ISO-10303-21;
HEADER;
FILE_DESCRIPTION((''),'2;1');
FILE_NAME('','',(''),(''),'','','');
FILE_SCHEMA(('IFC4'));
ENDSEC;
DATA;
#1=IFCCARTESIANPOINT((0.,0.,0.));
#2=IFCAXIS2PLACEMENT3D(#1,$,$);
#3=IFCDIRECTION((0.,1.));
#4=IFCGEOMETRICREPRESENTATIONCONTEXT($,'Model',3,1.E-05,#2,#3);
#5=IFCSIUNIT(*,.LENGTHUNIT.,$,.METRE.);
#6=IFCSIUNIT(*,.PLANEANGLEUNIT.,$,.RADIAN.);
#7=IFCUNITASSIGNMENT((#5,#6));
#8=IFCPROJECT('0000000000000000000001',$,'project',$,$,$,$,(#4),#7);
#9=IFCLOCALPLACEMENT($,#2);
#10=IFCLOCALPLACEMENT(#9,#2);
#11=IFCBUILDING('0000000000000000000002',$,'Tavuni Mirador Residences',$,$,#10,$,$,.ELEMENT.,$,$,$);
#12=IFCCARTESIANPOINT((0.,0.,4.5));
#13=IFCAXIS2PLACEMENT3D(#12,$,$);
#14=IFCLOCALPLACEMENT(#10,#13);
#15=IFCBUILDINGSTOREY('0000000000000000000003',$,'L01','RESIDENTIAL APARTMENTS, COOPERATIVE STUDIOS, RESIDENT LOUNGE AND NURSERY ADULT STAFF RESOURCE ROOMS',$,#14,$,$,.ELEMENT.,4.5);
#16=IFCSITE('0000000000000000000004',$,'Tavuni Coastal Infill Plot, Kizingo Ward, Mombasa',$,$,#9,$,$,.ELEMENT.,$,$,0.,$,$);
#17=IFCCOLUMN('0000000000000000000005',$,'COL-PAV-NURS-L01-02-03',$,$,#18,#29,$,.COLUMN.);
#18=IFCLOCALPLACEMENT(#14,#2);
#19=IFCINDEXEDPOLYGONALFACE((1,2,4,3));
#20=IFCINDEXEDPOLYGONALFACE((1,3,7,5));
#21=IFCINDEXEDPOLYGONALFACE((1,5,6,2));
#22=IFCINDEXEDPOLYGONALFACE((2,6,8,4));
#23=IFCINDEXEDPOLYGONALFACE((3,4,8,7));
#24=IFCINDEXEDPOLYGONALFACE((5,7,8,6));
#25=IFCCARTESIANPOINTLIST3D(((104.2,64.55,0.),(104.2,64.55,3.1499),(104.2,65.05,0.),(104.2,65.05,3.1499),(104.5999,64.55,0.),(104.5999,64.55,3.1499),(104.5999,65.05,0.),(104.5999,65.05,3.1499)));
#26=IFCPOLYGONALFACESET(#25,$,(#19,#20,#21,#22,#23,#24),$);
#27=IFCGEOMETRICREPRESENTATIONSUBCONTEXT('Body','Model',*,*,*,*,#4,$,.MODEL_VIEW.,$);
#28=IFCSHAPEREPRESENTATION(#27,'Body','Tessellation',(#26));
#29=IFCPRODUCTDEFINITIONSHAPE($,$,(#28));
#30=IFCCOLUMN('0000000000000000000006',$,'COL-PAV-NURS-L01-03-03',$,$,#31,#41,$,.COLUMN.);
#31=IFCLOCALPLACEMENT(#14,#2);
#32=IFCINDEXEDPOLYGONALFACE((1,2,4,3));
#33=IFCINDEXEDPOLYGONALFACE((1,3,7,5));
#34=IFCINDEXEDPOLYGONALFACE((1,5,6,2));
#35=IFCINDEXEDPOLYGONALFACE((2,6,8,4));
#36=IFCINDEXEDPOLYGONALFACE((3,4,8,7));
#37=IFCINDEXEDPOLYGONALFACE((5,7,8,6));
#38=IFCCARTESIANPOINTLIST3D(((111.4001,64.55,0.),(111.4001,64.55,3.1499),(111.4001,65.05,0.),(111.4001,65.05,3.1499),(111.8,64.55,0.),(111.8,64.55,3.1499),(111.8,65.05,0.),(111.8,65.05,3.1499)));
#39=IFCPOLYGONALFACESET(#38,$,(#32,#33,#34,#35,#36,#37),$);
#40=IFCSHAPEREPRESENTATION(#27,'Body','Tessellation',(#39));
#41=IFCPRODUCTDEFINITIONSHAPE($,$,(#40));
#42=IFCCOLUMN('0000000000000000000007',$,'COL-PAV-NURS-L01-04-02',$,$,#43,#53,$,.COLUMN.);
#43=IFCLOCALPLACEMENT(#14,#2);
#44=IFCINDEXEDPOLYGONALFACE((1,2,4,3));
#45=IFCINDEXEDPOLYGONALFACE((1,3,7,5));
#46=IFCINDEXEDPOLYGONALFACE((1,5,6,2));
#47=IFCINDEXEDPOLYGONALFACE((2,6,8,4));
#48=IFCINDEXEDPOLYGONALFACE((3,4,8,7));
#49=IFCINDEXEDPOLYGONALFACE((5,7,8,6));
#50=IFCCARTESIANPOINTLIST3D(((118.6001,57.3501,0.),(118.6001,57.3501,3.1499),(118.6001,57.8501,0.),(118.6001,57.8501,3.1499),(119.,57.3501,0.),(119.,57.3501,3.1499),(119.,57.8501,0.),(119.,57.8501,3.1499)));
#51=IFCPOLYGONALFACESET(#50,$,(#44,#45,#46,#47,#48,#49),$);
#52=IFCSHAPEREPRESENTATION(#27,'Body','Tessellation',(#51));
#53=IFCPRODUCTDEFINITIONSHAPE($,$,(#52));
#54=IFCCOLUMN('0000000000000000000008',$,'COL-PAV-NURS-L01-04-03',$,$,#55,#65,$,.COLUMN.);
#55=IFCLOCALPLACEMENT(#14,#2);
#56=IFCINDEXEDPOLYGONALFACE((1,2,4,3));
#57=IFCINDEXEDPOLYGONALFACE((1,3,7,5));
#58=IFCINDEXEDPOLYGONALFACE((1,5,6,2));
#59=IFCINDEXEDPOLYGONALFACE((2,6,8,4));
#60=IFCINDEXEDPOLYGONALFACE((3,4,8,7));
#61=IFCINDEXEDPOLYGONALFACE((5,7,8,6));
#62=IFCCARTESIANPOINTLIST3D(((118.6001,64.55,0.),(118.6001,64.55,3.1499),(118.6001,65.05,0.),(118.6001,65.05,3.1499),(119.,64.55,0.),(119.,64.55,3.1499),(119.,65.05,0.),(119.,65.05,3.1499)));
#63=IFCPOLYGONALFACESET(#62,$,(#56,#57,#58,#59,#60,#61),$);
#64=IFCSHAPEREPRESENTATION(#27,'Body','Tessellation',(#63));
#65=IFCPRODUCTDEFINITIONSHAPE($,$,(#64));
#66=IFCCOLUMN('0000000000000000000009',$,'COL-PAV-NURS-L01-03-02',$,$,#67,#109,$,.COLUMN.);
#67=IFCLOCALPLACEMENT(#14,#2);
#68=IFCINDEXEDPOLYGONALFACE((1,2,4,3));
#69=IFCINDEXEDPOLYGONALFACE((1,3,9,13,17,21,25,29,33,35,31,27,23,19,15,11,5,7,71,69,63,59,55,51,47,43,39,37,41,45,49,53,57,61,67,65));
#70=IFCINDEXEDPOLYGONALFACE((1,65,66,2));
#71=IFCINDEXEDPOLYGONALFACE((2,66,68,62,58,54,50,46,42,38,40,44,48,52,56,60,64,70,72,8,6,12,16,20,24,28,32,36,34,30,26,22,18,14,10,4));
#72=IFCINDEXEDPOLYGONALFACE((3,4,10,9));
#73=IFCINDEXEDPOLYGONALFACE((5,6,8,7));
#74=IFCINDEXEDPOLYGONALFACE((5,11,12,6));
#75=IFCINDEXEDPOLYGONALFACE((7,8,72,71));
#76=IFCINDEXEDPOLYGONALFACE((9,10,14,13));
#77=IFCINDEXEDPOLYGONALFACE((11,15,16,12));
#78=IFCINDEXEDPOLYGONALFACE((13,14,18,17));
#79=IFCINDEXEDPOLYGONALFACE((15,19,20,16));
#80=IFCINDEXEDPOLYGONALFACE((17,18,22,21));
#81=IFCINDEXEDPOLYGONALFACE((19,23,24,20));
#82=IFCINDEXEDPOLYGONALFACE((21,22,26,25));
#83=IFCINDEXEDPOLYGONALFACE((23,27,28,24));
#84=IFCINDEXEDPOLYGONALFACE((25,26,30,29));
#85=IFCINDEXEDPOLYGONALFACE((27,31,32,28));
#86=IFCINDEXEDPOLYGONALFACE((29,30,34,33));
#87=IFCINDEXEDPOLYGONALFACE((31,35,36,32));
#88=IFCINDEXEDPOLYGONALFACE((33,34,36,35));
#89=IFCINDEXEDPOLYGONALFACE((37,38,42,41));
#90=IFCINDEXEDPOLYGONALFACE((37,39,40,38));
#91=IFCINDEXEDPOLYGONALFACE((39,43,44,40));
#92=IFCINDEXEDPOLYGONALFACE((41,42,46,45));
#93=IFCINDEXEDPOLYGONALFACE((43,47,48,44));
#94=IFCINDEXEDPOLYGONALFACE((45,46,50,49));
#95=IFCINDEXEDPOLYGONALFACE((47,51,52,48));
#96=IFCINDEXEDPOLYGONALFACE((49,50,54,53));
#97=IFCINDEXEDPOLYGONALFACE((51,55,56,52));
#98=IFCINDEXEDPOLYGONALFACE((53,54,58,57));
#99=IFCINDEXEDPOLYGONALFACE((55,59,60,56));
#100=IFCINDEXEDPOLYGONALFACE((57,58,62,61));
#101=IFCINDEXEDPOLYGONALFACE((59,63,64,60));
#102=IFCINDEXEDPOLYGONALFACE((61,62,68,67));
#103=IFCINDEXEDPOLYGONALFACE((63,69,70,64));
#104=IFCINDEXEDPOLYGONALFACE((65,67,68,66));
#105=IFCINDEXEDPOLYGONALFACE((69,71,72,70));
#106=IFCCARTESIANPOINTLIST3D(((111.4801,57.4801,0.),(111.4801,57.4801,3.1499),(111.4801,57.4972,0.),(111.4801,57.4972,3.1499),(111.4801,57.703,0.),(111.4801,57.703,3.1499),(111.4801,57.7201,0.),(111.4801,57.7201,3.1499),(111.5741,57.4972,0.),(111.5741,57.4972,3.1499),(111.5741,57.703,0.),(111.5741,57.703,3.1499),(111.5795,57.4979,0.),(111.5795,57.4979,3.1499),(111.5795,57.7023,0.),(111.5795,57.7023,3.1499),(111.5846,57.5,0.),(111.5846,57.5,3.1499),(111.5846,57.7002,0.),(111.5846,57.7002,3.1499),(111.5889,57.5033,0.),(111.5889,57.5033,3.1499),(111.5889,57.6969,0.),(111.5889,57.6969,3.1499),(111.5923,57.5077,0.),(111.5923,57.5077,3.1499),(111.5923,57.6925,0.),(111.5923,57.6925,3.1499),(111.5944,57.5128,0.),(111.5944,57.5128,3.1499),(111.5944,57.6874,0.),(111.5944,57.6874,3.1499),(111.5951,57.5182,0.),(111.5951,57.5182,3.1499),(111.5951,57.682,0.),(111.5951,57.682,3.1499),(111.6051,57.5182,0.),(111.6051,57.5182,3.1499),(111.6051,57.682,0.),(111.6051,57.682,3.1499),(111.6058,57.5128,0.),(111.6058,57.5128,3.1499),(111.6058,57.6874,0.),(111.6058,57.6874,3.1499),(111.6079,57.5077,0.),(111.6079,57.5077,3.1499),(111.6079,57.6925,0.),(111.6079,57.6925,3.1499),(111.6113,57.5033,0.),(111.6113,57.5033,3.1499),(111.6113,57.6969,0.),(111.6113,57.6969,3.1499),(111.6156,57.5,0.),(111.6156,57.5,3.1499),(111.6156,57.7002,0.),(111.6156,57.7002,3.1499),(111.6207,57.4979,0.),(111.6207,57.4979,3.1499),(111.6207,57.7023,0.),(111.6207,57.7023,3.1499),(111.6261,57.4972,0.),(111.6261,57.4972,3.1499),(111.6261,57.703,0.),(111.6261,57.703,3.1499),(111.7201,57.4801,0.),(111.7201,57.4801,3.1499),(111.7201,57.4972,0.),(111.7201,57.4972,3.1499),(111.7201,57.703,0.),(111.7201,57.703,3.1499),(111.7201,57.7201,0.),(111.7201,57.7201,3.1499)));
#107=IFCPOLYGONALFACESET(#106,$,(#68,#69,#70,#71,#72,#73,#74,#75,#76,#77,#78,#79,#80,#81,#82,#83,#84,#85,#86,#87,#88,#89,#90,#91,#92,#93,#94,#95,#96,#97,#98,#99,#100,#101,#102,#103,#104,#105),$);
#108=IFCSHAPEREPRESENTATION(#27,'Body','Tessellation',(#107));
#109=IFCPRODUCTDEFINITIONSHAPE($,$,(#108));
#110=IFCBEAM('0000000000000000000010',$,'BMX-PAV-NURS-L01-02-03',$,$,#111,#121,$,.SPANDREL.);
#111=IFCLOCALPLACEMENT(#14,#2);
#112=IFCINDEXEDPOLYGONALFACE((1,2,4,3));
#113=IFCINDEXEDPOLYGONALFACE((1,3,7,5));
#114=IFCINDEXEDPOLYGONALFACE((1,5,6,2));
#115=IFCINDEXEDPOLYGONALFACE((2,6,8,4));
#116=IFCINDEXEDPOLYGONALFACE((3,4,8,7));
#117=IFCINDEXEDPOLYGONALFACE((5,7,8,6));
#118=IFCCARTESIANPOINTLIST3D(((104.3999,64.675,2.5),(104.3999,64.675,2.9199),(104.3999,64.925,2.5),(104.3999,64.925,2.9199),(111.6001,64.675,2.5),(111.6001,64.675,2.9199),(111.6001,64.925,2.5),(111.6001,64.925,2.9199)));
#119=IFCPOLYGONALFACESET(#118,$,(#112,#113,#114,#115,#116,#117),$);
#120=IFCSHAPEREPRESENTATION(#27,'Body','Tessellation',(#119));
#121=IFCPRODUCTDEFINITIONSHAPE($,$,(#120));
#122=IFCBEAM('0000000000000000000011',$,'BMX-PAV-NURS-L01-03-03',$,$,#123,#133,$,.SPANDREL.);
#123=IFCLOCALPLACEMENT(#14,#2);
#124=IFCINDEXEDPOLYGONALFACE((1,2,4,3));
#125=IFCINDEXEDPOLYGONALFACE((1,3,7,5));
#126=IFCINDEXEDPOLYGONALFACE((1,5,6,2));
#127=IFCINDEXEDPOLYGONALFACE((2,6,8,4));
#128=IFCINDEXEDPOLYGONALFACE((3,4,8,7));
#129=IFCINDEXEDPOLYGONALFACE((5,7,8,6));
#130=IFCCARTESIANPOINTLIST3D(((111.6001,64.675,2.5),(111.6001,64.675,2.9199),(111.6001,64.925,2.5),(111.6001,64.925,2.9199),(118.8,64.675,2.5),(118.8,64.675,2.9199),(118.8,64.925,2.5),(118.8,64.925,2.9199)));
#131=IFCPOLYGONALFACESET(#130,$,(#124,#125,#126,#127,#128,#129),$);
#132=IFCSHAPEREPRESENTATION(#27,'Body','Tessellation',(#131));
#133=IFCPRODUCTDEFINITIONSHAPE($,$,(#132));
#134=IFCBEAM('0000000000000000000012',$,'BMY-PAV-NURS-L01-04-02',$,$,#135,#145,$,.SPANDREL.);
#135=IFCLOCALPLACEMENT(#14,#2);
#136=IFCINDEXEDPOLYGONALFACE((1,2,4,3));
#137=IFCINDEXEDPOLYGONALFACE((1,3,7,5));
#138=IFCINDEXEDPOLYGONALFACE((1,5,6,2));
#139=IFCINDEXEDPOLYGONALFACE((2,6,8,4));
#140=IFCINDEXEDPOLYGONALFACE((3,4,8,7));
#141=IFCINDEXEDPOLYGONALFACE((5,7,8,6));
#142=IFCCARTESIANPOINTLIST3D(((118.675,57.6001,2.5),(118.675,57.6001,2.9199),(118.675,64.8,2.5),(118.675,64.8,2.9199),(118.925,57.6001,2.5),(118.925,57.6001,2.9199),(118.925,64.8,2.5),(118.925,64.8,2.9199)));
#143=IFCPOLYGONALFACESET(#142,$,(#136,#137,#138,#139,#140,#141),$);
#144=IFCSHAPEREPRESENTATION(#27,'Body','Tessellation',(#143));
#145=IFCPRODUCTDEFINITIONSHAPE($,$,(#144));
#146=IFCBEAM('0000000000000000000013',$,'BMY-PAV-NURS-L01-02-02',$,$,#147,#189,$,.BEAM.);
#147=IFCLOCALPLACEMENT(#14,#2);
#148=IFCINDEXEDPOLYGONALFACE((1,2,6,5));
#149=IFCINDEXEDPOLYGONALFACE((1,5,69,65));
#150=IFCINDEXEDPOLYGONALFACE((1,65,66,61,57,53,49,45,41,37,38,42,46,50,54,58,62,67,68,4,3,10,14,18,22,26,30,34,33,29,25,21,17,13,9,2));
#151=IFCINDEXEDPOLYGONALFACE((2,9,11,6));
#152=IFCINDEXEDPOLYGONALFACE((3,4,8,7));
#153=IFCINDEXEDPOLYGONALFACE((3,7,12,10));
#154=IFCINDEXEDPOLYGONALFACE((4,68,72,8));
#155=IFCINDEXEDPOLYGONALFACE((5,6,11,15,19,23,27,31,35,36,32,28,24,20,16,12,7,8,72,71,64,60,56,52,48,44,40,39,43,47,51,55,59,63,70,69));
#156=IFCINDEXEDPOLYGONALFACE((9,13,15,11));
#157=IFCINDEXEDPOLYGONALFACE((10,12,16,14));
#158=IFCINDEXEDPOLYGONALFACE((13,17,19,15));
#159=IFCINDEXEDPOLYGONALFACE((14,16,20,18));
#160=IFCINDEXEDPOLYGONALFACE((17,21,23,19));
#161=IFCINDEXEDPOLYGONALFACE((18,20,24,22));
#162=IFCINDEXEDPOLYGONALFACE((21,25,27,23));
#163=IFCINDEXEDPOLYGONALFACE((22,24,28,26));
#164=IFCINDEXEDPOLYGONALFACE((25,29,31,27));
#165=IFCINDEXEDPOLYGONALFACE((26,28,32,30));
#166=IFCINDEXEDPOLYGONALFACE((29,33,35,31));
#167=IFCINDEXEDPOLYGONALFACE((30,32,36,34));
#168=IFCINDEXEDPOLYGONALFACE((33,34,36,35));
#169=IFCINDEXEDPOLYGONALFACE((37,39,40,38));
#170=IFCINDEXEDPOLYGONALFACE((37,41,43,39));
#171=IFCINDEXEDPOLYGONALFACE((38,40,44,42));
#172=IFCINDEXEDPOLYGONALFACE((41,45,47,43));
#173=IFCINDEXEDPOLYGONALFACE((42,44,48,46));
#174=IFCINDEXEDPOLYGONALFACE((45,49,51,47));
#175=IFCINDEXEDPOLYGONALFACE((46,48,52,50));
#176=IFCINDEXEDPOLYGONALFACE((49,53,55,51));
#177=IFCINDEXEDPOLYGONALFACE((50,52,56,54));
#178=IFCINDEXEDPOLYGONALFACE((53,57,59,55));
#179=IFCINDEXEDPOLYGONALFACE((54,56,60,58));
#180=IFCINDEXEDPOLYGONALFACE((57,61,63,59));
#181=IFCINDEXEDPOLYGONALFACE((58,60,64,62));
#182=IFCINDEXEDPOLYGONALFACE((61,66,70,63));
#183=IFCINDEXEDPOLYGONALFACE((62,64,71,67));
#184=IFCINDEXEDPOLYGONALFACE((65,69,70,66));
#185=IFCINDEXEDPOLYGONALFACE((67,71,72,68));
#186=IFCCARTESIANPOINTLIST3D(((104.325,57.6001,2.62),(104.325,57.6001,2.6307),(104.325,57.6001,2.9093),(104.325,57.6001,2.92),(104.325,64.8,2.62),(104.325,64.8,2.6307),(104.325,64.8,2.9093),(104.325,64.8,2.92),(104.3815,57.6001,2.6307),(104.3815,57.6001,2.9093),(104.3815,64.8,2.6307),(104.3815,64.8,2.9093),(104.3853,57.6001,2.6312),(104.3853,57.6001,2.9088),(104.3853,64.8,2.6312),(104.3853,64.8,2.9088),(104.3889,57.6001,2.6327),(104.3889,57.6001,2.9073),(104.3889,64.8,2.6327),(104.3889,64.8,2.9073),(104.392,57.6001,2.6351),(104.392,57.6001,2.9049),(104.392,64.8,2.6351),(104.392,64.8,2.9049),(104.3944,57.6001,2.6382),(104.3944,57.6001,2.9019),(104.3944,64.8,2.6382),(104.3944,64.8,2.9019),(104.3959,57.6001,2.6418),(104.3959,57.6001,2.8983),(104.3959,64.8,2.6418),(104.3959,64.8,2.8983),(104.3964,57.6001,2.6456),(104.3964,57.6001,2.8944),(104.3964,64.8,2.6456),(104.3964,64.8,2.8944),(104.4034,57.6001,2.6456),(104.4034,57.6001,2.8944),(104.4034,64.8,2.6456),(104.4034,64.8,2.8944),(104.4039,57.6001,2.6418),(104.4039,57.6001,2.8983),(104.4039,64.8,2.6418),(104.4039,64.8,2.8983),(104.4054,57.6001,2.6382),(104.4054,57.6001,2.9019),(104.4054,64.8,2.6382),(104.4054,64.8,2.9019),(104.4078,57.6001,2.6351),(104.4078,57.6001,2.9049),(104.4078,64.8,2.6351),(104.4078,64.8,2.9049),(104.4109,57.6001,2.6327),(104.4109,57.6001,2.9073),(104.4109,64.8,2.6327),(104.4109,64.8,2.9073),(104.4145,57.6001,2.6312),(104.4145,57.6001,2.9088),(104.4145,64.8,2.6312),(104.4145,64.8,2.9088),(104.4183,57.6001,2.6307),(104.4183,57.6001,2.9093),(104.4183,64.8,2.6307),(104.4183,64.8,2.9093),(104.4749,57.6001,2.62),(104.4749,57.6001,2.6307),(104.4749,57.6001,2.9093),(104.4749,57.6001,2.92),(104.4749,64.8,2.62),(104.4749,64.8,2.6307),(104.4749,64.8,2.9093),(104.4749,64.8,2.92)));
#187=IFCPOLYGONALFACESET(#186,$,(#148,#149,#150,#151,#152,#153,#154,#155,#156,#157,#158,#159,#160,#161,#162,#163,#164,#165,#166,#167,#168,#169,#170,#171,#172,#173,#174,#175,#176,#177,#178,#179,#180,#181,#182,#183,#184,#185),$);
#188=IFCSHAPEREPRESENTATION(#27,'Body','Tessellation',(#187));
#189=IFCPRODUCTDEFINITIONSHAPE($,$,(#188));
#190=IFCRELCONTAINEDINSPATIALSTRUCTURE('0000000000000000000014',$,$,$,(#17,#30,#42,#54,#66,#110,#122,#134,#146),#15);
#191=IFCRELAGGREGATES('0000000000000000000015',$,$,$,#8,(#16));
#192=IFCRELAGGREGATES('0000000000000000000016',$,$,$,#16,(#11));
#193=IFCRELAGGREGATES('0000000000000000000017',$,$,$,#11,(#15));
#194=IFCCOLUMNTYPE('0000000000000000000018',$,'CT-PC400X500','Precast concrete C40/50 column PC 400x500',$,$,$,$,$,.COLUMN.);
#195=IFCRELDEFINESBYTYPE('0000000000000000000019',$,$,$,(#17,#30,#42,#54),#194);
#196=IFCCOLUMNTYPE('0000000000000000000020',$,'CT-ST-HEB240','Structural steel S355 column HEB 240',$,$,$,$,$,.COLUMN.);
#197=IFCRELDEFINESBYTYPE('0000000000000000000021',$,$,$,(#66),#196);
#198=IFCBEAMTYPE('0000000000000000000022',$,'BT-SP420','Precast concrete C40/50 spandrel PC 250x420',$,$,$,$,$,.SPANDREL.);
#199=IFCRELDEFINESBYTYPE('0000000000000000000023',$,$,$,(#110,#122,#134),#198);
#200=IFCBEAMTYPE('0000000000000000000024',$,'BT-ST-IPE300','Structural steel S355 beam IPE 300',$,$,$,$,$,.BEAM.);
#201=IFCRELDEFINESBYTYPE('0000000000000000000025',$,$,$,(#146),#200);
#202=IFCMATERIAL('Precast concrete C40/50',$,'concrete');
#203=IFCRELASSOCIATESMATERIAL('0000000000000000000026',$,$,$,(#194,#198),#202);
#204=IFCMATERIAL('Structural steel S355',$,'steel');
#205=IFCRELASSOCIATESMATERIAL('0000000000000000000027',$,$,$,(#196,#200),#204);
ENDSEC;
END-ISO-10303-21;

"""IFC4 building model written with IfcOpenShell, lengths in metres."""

from ifc_helpers import new_model, si_unit, direction, frame, origin, origin_2d, place, context, subcontext, project, spatial, rectangle, i_section, extrude, material, material_profile, profile_set, type_object, element, save


model = new_model("IFC4")

# Units and contexts
model_context = context("Model", 3, precision=1e-05, world=origin(), true_north=direction((0.0, 1.0)))
body_context = subcontext(model_context, "Body", "Model", "MODEL_VIEW")
ifc_project = project(units=[si_unit("LENGTHUNIT", "METRE"), si_unit("PLANEANGLEUNIT", "RADIAN")], contexts=[model_context])

# Site, building, storey
site_placement = place(None, origin())
site = spatial("IfcSite", under=ifc_project, at=site_placement, Name="Tavuni Coastal Infill Plot, Kizingo Ward, Mombasa", CompositionType="ELEMENT", RefElevation=0.0)
building_placement = place(site_placement, origin())
building = spatial("IfcBuilding", under=site, at=building_placement, Name="Tavuni Mirador Residences", CompositionType="ELEMENT")
storey_placement = place(building_placement, frame((0.0, 0.0, 4.5)))
storey = spatial("IfcBuildingStorey", under=building, at=storey_placement, Name="L01", Description="RESIDENTIAL APARTMENTS, COOPERATIVE STUDIOS, RESIDENT LOUNGE AND NURSERY ADULT STAFF RESOURCE ROOMS", CompositionType="ELEMENT", Elevation=4.5)

# Columns
ifc_material_1 = material(Name="Precast concrete C40/50", Category="concrete")
ifc_material_profile_1 = material_profile(ifc_material_1, rectangle(XDim=0.3999, YDim=0.5, at=origin_2d()), Name="PC 400x500", Category="concrete")
ifc_profile_set_1 = profile_set([ifc_material_profile_1], Name="Precast concrete C40/50")
column_type_1 = type_object("IfcColumnType", Name="CT-PC400X500", Description="Precast concrete C40/50 column PC 400x500", PredefinedType="COLUMN", material=ifc_profile_set_1)
for number, where, z_axis, x_axis, name in (
    (1, (104.3999, 64.8, 0.0), (0.0, 0.0, 1.0), (1.0, 0.0, 0.0), "COL-PAV-NURS-L01-02-03"),
    (2, (111.6001, 64.8, 0.0), (0.0, 0.0, 1.0), (1.0, 0.0, 0.0), "COL-PAV-NURS-L01-03-03"),
    (3, (118.8, 57.6001, 0.0), (0.0, 0.0, 1.0), (1.0, 0.0, 0.0), "COL-PAV-NURS-L01-04-02"),
    (4, (118.8, 64.8, 0.0), (0.0, 0.0, 1.0), (1.0, 0.0, 0.0), "COL-PAV-NURS-L01-04-03"),
):
    element("IfcColumn", number, at=place(storey_placement, frame(where, z_axis=z_axis, x_axis=x_axis)), inside=storey, type_object=column_type_1, Name=name, PredefinedType="COLUMN", context=body_context, shape_type="SweptSolid", body=[
        extrude(rectangle(XDim=0.3999, YDim=0.5, at=origin_2d()), origin(), (0.0, 0.0, 1.0), 3.1499),
    ])
ifc_material_2 = material(Name="Structural steel S355", Category="steel")
ifc_material_profile_2 = material_profile(ifc_material_2, i_section(OverallWidth=0.24, OverallDepth=0.24, WebThickness=0.01, FlangeThickness=0.0171, FilletRadius=0.021, at=origin_2d()), Name="HEB 240", Category="steel")
ifc_profile_set_2 = profile_set([ifc_material_profile_2], Name="Structural steel S355")
column_type_2 = type_object("IfcColumnType", Name="CT-ST-HEB240", Description="Structural steel S355 column HEB 240", PredefinedType="COLUMN", material=ifc_profile_set_2)
column_placement = place(storey_placement, frame((111.6001, 57.6001, 0.0), z_axis=(0.0, 0.0, 1.0), x_axis=(1.0, 0.0, 0.0)))
element("IfcColumn", 5, at=column_placement, inside=storey, type_object=column_type_2, Name="COL-PAV-NURS-L01-03-02", PredefinedType="COLUMN", context=body_context, shape_type="SweptSolid", body=[
    extrude(i_section(OverallWidth=0.24, OverallDepth=0.24, WebThickness=0.01, FlangeThickness=0.0171, FilletRadius=0.021, at=origin_2d()), origin(), (0.0, 0.0, 1.0), 3.1499),
])

# Beams
ifc_material_profile_3 = material_profile(ifc_material_1, rectangle(XDim=0.25, YDim=0.4199, at=origin_2d()), Name="PC 250x420", Category="concrete")
ifc_profile_set_3 = profile_set([ifc_material_profile_3], Name="Precast concrete C40/50")
beam_type_1 = type_object("IfcBeamType", Name="BT-SP420", Description="Precast concrete C40/50 spandrel PC 250x420", PredefinedType="SPANDREL", material=ifc_profile_set_3)
beam_placement = place(storey_placement, frame((104.3999, 64.8, 2.71), z_axis=(1.0, 0.0, 0.0), x_axis=(0.0, 1.0, 0.0)))
element("IfcBeam", 6, at=beam_placement, inside=storey, type_object=beam_type_1, Name="BMX-PAV-NURS-L01-02-03", PredefinedType="SPANDREL", context=body_context, shape_type="SweptSolid", body=[
    extrude(rectangle(XDim=0.25, YDim=0.4199, at=origin_2d()), origin(), (0.0, 0.0, 1.0), 7.2002),
])
for number, where, z_axis, x_axis, name in (
    (7, (111.6001, 64.8, 2.71), (1.0, 0.0, 0.0), (0.0, 1.0, 0.0), "BMX-PAV-NURS-L01-03-03"),
    (8, (118.8, 57.6001, 2.71), (0.0, 1.0, 0.0), (-1.0, 0.0, 0.0), "BMY-PAV-NURS-L01-04-02"),
):
    element("IfcBeam", number, at=place(storey_placement, frame(where, z_axis=z_axis, x_axis=x_axis)), inside=storey, type_object=beam_type_1, Name=name, PredefinedType="SPANDREL", context=body_context, shape_type="SweptSolid", body=[
        extrude(rectangle(XDim=0.25, YDim=0.4199, at=origin_2d()), origin(), (0.0, 0.0, 1.0), 7.2),
    ])
ifc_material_profile_4 = material_profile(ifc_material_2, i_section(OverallWidth=0.1499, OverallDepth=0.3, WebThickness=0.0071, FlangeThickness=0.0107, FilletRadius=0.0149, at=origin_2d()), Name="IPE 300", Category="steel")
ifc_profile_set_4 = profile_set([ifc_material_profile_4], Name="Structural steel S355")
beam_type_2 = type_object("IfcBeamType", Name="BT-ST-IPE300", Description="Structural steel S355 beam IPE 300", PredefinedType="BEAM", material=ifc_profile_set_4)
for number, where, z_axis, x_axis, name in (
    (9, (104.3999, 57.6001, 2.77), (0.0, 1.0, 0.0), (-1.0, 0.0, 0.0), "BMY-PAV-NURS-L01-02-02"),
):
    element("IfcBeam", number, at=place(storey_placement, frame(where, z_axis=z_axis, x_axis=x_axis)), inside=storey, type_object=beam_type_2, Name=name, PredefinedType="BEAM", context=body_context, shape_type="SweptSolid", body=[
        extrude(i_section(OverallWidth=0.1499, OverallDepth=0.3, WebThickness=0.0071, FlangeThickness=0.0107, FilletRadius=0.0149, at=origin_2d()), origin(), (0.0, 0.0, 1.0), 7.2),
    ])

save(model, "model.ifc")
